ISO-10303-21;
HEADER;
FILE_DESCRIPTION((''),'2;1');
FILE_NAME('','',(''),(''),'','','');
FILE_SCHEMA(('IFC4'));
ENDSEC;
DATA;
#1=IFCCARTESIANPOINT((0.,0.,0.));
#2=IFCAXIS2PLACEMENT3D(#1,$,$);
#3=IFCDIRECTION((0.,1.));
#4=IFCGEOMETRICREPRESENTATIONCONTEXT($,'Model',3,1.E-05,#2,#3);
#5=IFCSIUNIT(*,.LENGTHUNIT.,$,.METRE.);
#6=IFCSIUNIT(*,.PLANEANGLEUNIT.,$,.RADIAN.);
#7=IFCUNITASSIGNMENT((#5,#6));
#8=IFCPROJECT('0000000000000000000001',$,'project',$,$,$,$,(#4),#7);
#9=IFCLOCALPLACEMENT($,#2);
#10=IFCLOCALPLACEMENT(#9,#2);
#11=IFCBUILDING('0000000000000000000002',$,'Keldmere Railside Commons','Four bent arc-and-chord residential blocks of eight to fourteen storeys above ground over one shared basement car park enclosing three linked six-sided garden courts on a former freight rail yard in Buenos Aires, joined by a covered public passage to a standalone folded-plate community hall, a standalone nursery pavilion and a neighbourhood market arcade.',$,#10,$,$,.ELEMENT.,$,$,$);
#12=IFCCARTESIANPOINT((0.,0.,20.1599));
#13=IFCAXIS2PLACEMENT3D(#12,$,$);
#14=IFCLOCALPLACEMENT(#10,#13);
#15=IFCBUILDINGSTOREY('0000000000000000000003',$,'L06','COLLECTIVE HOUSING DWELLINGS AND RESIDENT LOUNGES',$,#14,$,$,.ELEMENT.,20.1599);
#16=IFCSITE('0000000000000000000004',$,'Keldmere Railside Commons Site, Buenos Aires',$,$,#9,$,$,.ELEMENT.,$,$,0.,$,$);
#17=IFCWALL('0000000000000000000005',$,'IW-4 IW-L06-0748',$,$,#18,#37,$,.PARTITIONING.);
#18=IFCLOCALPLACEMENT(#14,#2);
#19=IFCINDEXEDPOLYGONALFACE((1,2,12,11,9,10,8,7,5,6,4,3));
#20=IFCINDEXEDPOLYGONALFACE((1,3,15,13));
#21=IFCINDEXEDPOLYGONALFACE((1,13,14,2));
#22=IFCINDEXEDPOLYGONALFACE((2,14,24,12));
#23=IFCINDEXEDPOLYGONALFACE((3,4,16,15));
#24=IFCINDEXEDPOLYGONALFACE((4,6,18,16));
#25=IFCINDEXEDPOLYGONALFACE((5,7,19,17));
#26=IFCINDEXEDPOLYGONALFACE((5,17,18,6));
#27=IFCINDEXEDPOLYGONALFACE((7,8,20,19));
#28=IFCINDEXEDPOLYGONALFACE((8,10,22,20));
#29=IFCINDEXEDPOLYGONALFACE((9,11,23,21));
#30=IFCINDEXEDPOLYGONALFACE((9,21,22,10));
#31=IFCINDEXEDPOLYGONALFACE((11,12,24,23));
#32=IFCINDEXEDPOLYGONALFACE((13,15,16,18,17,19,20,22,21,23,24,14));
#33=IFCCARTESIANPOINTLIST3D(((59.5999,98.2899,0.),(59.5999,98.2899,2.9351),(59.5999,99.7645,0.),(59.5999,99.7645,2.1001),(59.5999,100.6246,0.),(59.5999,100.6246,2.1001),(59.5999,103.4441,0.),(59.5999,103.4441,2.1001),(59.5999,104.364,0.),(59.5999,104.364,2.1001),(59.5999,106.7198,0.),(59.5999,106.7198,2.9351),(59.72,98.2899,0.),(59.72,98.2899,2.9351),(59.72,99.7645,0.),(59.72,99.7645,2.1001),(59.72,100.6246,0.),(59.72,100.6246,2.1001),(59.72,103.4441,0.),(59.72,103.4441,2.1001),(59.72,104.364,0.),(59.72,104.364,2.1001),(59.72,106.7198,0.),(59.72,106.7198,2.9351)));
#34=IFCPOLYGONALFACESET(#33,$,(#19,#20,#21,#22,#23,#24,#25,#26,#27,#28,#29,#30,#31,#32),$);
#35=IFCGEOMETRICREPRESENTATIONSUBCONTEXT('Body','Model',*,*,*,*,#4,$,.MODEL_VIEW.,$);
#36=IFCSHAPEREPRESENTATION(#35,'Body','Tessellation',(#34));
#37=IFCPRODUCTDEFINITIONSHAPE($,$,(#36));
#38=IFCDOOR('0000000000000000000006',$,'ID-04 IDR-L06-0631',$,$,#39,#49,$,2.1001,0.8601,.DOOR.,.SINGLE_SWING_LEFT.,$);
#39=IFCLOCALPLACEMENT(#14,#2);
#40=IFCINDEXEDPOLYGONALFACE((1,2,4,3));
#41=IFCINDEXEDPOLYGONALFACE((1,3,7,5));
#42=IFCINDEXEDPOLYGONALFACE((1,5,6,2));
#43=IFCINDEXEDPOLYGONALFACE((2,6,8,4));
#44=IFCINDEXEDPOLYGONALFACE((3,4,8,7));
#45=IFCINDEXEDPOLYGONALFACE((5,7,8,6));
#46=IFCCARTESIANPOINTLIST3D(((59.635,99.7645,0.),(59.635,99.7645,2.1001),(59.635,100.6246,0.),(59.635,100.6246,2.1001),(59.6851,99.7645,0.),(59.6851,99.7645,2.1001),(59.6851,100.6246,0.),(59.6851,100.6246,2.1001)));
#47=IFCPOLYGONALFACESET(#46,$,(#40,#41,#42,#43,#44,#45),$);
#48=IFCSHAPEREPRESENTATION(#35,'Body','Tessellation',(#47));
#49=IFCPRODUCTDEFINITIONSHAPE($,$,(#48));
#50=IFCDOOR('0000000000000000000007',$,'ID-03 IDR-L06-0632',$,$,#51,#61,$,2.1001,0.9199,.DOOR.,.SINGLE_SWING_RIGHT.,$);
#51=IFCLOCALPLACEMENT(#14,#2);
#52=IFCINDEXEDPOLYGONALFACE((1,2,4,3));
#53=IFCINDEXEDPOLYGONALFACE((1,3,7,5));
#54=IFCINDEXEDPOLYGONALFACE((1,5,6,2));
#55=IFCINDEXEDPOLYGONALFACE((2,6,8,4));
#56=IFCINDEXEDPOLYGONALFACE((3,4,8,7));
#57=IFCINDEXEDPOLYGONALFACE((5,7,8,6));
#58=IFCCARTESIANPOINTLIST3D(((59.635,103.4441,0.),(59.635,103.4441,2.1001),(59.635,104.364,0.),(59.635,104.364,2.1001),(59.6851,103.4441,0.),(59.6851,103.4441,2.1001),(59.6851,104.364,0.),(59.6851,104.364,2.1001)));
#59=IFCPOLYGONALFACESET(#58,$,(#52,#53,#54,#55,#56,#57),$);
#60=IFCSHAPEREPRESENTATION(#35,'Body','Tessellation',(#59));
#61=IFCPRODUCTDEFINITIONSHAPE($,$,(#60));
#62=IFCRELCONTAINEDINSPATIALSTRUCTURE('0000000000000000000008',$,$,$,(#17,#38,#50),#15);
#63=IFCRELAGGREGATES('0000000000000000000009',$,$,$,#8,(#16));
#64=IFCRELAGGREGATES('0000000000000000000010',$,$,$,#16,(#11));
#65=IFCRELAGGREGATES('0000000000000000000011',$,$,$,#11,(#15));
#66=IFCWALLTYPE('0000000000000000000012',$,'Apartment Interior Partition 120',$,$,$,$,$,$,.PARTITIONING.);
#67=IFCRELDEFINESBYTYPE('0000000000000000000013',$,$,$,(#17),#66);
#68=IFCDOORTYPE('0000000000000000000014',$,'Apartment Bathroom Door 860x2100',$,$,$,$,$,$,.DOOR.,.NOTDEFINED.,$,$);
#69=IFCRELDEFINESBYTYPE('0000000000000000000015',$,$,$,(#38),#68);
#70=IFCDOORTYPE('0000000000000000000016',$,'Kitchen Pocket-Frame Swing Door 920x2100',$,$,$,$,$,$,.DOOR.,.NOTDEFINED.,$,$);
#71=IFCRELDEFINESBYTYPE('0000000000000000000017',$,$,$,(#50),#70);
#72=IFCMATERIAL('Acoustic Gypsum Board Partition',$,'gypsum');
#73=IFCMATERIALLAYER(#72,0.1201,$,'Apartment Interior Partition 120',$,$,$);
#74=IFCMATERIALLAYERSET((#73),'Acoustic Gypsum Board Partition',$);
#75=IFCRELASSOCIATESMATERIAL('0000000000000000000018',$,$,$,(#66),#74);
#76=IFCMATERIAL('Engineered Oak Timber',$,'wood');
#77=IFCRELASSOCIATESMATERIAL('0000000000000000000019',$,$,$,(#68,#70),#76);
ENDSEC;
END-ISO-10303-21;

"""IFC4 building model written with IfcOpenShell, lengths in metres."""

from ifc_helpers import new_model, si_unit, direction, frame, frame_2d, origin, place, context, subcontext, project, spatial, rectangle, extrude, material, layer, layer_set, type_object, element, fill, save


model = new_model("IFC4")

# Units and contexts
model_context = context("Model", 3, precision=1e-05, world=origin(), true_north=direction((0.0, 1.0)))
body_context = subcontext(model_context, "Body", "Model", "MODEL_VIEW")
ifc_project = project(units=[si_unit("LENGTHUNIT", "METRE"), si_unit("PLANEANGLEUNIT", "RADIAN")], contexts=[model_context])

# Site, building, storey
site_placement = place(None, origin())
site = spatial("IfcSite", under=ifc_project, at=site_placement, Name="Keldmere Railside Commons Site, Buenos Aires", CompositionType="ELEMENT", RefElevation=0.0)
building_placement = place(site_placement, origin())
building = spatial("IfcBuilding", under=site, at=building_placement, Name="Keldmere Railside Commons", Description="Four bent arc-and-chord residential blocks of eight to fourteen storeys above ground over one shared basement car park enclosing three linked six-sided garden courts on a former freight rail yard in Buenos Aires, joined by a covered public passage to a standalone folded-plate community hall, a standalone nursery pavilion and a neighbourhood market arcade.", CompositionType="ELEMENT")
storey_placement = place(building_placement, frame((0.0, 0.0, 20.1599)))
storey = spatial("IfcBuildingStorey", under=building, at=storey_placement, Name="L06", Description="COLLECTIVE HOUSING DWELLINGS AND RESIDENT LOUNGES", CompositionType="ELEMENT", Elevation=20.1599)

# Shared definitions
ifc_material_1 = material(Name="Acoustic Gypsum Board Partition", Category="gypsum")

# Wall, openings, doors
ifc_layer_1 = layer(ifc_material_1, 0.1201, Name="Apartment Interior Partition 120")
ifc_layer_set_1 = layer_set([ifc_layer_1], Name="Acoustic Gypsum Board Partition")
wall_type_1 = type_object("IfcWallType", Name="Apartment Interior Partition 120", PredefinedType="PARTITIONING", material=ifc_layer_set_1)
wall_1_placement = place(storey_placement, frame((59.6599, 98.29, 0.0), z_axis=(0.0, 0.0, 1.0), x_axis=(0.0, 1.0, 0.0)))
wall_1 = element("IfcWall", 1, at=wall_1_placement, inside=storey, type_object=wall_type_1, Name="IW-4 IW-L06-0748", PredefinedType="PARTITIONING", context=body_context, shape_type="SweptSolid", body=[
    extrude(rectangle(XDim=8.4299, YDim=0.1201, at=frame_2d((4.2148, 0.0))), origin(), (0.0, 0.0, 1.0), 2.9351),
])
opening_1_placement = place(wall_1_placement, frame((1.4744, 0.0, 0.0)))
opening_1 = element("IfcOpeningElement", 2, at=opening_1_placement, cuts=wall_1, PredefinedType="OPENING", context=body_context, shape_type="SweptSolid", body=[
    extrude(rectangle(XDim=0.8601, YDim=2.1001, at=frame_2d((0.4302, 1.05))), frame((0.0, 0.0701, 0.0), z_axis=(0.0, -1.0, 0.0), x_axis=(1.0, 0.0, 0.0)), (0.0, 0.0, 1.0), 0.1401),
])
opening_2_placement = place(wall_1_placement, frame((5.1541, 0.0, 0.0)))
opening_2 = element("IfcOpeningElement", 3, at=opening_2_placement, cuts=wall_1, PredefinedType="OPENING", context=body_context, shape_type="SweptSolid", body=[
    extrude(rectangle(XDim=0.9199, YDim=2.1001, at=frame_2d((0.46, 1.05))), frame((0.0, 0.0701, 0.0), z_axis=(0.0, -1.0, 0.0), x_axis=(1.0, 0.0, 0.0)), (0.0, 0.0, 1.0), 0.1401),
])
ifc_material_2 = material(Name="Engineered Oak Timber", Category="wood")
door_type_1 = type_object("IfcDoorType", Name="Apartment Bathroom Door 860x2100", OperationType="NOTDEFINED", PredefinedType="DOOR", material=ifc_material_2)
door_1_placement = place(opening_1_placement, origin())
door_1 = element("IfcDoor", 4, at=door_1_placement, inside=storey, type_object=door_type_1, Name="ID-04 IDR-L06-0631", OperationType="SINGLE_SWING_LEFT", OverallHeight=2.1001, OverallWidth=0.8601, PredefinedType="DOOR", context=body_context, shape_type="SweptSolid", body=[
    extrude(rectangle(XDim=0.8601, YDim=2.1001, at=frame_2d((0.4302, 1.05))), frame((0.0, 0.0249, 0.0), z_axis=(0.0, -1.0, 0.0), x_axis=(1.0, 0.0, 0.0)), (0.0, 0.0, 1.0), 0.05),
])
fill(opening_1, door_1)
door_type_2 = type_object("IfcDoorType", Name="Kitchen Pocket-Frame Swing Door 920x2100", OperationType="NOTDEFINED", PredefinedType="DOOR", material=ifc_material_2)
door_2_placement = place(opening_2_placement, origin())
door_2 = element("IfcDoor", 5, at=door_2_placement, inside=storey, type_object=door_type_2, Name="ID-03 IDR-L06-0632", OperationType="SINGLE_SWING_RIGHT", OverallHeight=2.1001, OverallWidth=0.9199, PredefinedType="DOOR", context=body_context, shape_type="SweptSolid", body=[
    extrude(rectangle(XDim=0.9199, YDim=2.1001, at=frame_2d((0.46, 1.05))), frame((0.0, 0.0249, 0.0), z_axis=(0.0, -1.0, 0.0), x_axis=(1.0, 0.0, 0.0)), (0.0, 0.0, 1.0), 0.05),
])
fill(opening_2, door_2)

save(model, "model.ifc")
